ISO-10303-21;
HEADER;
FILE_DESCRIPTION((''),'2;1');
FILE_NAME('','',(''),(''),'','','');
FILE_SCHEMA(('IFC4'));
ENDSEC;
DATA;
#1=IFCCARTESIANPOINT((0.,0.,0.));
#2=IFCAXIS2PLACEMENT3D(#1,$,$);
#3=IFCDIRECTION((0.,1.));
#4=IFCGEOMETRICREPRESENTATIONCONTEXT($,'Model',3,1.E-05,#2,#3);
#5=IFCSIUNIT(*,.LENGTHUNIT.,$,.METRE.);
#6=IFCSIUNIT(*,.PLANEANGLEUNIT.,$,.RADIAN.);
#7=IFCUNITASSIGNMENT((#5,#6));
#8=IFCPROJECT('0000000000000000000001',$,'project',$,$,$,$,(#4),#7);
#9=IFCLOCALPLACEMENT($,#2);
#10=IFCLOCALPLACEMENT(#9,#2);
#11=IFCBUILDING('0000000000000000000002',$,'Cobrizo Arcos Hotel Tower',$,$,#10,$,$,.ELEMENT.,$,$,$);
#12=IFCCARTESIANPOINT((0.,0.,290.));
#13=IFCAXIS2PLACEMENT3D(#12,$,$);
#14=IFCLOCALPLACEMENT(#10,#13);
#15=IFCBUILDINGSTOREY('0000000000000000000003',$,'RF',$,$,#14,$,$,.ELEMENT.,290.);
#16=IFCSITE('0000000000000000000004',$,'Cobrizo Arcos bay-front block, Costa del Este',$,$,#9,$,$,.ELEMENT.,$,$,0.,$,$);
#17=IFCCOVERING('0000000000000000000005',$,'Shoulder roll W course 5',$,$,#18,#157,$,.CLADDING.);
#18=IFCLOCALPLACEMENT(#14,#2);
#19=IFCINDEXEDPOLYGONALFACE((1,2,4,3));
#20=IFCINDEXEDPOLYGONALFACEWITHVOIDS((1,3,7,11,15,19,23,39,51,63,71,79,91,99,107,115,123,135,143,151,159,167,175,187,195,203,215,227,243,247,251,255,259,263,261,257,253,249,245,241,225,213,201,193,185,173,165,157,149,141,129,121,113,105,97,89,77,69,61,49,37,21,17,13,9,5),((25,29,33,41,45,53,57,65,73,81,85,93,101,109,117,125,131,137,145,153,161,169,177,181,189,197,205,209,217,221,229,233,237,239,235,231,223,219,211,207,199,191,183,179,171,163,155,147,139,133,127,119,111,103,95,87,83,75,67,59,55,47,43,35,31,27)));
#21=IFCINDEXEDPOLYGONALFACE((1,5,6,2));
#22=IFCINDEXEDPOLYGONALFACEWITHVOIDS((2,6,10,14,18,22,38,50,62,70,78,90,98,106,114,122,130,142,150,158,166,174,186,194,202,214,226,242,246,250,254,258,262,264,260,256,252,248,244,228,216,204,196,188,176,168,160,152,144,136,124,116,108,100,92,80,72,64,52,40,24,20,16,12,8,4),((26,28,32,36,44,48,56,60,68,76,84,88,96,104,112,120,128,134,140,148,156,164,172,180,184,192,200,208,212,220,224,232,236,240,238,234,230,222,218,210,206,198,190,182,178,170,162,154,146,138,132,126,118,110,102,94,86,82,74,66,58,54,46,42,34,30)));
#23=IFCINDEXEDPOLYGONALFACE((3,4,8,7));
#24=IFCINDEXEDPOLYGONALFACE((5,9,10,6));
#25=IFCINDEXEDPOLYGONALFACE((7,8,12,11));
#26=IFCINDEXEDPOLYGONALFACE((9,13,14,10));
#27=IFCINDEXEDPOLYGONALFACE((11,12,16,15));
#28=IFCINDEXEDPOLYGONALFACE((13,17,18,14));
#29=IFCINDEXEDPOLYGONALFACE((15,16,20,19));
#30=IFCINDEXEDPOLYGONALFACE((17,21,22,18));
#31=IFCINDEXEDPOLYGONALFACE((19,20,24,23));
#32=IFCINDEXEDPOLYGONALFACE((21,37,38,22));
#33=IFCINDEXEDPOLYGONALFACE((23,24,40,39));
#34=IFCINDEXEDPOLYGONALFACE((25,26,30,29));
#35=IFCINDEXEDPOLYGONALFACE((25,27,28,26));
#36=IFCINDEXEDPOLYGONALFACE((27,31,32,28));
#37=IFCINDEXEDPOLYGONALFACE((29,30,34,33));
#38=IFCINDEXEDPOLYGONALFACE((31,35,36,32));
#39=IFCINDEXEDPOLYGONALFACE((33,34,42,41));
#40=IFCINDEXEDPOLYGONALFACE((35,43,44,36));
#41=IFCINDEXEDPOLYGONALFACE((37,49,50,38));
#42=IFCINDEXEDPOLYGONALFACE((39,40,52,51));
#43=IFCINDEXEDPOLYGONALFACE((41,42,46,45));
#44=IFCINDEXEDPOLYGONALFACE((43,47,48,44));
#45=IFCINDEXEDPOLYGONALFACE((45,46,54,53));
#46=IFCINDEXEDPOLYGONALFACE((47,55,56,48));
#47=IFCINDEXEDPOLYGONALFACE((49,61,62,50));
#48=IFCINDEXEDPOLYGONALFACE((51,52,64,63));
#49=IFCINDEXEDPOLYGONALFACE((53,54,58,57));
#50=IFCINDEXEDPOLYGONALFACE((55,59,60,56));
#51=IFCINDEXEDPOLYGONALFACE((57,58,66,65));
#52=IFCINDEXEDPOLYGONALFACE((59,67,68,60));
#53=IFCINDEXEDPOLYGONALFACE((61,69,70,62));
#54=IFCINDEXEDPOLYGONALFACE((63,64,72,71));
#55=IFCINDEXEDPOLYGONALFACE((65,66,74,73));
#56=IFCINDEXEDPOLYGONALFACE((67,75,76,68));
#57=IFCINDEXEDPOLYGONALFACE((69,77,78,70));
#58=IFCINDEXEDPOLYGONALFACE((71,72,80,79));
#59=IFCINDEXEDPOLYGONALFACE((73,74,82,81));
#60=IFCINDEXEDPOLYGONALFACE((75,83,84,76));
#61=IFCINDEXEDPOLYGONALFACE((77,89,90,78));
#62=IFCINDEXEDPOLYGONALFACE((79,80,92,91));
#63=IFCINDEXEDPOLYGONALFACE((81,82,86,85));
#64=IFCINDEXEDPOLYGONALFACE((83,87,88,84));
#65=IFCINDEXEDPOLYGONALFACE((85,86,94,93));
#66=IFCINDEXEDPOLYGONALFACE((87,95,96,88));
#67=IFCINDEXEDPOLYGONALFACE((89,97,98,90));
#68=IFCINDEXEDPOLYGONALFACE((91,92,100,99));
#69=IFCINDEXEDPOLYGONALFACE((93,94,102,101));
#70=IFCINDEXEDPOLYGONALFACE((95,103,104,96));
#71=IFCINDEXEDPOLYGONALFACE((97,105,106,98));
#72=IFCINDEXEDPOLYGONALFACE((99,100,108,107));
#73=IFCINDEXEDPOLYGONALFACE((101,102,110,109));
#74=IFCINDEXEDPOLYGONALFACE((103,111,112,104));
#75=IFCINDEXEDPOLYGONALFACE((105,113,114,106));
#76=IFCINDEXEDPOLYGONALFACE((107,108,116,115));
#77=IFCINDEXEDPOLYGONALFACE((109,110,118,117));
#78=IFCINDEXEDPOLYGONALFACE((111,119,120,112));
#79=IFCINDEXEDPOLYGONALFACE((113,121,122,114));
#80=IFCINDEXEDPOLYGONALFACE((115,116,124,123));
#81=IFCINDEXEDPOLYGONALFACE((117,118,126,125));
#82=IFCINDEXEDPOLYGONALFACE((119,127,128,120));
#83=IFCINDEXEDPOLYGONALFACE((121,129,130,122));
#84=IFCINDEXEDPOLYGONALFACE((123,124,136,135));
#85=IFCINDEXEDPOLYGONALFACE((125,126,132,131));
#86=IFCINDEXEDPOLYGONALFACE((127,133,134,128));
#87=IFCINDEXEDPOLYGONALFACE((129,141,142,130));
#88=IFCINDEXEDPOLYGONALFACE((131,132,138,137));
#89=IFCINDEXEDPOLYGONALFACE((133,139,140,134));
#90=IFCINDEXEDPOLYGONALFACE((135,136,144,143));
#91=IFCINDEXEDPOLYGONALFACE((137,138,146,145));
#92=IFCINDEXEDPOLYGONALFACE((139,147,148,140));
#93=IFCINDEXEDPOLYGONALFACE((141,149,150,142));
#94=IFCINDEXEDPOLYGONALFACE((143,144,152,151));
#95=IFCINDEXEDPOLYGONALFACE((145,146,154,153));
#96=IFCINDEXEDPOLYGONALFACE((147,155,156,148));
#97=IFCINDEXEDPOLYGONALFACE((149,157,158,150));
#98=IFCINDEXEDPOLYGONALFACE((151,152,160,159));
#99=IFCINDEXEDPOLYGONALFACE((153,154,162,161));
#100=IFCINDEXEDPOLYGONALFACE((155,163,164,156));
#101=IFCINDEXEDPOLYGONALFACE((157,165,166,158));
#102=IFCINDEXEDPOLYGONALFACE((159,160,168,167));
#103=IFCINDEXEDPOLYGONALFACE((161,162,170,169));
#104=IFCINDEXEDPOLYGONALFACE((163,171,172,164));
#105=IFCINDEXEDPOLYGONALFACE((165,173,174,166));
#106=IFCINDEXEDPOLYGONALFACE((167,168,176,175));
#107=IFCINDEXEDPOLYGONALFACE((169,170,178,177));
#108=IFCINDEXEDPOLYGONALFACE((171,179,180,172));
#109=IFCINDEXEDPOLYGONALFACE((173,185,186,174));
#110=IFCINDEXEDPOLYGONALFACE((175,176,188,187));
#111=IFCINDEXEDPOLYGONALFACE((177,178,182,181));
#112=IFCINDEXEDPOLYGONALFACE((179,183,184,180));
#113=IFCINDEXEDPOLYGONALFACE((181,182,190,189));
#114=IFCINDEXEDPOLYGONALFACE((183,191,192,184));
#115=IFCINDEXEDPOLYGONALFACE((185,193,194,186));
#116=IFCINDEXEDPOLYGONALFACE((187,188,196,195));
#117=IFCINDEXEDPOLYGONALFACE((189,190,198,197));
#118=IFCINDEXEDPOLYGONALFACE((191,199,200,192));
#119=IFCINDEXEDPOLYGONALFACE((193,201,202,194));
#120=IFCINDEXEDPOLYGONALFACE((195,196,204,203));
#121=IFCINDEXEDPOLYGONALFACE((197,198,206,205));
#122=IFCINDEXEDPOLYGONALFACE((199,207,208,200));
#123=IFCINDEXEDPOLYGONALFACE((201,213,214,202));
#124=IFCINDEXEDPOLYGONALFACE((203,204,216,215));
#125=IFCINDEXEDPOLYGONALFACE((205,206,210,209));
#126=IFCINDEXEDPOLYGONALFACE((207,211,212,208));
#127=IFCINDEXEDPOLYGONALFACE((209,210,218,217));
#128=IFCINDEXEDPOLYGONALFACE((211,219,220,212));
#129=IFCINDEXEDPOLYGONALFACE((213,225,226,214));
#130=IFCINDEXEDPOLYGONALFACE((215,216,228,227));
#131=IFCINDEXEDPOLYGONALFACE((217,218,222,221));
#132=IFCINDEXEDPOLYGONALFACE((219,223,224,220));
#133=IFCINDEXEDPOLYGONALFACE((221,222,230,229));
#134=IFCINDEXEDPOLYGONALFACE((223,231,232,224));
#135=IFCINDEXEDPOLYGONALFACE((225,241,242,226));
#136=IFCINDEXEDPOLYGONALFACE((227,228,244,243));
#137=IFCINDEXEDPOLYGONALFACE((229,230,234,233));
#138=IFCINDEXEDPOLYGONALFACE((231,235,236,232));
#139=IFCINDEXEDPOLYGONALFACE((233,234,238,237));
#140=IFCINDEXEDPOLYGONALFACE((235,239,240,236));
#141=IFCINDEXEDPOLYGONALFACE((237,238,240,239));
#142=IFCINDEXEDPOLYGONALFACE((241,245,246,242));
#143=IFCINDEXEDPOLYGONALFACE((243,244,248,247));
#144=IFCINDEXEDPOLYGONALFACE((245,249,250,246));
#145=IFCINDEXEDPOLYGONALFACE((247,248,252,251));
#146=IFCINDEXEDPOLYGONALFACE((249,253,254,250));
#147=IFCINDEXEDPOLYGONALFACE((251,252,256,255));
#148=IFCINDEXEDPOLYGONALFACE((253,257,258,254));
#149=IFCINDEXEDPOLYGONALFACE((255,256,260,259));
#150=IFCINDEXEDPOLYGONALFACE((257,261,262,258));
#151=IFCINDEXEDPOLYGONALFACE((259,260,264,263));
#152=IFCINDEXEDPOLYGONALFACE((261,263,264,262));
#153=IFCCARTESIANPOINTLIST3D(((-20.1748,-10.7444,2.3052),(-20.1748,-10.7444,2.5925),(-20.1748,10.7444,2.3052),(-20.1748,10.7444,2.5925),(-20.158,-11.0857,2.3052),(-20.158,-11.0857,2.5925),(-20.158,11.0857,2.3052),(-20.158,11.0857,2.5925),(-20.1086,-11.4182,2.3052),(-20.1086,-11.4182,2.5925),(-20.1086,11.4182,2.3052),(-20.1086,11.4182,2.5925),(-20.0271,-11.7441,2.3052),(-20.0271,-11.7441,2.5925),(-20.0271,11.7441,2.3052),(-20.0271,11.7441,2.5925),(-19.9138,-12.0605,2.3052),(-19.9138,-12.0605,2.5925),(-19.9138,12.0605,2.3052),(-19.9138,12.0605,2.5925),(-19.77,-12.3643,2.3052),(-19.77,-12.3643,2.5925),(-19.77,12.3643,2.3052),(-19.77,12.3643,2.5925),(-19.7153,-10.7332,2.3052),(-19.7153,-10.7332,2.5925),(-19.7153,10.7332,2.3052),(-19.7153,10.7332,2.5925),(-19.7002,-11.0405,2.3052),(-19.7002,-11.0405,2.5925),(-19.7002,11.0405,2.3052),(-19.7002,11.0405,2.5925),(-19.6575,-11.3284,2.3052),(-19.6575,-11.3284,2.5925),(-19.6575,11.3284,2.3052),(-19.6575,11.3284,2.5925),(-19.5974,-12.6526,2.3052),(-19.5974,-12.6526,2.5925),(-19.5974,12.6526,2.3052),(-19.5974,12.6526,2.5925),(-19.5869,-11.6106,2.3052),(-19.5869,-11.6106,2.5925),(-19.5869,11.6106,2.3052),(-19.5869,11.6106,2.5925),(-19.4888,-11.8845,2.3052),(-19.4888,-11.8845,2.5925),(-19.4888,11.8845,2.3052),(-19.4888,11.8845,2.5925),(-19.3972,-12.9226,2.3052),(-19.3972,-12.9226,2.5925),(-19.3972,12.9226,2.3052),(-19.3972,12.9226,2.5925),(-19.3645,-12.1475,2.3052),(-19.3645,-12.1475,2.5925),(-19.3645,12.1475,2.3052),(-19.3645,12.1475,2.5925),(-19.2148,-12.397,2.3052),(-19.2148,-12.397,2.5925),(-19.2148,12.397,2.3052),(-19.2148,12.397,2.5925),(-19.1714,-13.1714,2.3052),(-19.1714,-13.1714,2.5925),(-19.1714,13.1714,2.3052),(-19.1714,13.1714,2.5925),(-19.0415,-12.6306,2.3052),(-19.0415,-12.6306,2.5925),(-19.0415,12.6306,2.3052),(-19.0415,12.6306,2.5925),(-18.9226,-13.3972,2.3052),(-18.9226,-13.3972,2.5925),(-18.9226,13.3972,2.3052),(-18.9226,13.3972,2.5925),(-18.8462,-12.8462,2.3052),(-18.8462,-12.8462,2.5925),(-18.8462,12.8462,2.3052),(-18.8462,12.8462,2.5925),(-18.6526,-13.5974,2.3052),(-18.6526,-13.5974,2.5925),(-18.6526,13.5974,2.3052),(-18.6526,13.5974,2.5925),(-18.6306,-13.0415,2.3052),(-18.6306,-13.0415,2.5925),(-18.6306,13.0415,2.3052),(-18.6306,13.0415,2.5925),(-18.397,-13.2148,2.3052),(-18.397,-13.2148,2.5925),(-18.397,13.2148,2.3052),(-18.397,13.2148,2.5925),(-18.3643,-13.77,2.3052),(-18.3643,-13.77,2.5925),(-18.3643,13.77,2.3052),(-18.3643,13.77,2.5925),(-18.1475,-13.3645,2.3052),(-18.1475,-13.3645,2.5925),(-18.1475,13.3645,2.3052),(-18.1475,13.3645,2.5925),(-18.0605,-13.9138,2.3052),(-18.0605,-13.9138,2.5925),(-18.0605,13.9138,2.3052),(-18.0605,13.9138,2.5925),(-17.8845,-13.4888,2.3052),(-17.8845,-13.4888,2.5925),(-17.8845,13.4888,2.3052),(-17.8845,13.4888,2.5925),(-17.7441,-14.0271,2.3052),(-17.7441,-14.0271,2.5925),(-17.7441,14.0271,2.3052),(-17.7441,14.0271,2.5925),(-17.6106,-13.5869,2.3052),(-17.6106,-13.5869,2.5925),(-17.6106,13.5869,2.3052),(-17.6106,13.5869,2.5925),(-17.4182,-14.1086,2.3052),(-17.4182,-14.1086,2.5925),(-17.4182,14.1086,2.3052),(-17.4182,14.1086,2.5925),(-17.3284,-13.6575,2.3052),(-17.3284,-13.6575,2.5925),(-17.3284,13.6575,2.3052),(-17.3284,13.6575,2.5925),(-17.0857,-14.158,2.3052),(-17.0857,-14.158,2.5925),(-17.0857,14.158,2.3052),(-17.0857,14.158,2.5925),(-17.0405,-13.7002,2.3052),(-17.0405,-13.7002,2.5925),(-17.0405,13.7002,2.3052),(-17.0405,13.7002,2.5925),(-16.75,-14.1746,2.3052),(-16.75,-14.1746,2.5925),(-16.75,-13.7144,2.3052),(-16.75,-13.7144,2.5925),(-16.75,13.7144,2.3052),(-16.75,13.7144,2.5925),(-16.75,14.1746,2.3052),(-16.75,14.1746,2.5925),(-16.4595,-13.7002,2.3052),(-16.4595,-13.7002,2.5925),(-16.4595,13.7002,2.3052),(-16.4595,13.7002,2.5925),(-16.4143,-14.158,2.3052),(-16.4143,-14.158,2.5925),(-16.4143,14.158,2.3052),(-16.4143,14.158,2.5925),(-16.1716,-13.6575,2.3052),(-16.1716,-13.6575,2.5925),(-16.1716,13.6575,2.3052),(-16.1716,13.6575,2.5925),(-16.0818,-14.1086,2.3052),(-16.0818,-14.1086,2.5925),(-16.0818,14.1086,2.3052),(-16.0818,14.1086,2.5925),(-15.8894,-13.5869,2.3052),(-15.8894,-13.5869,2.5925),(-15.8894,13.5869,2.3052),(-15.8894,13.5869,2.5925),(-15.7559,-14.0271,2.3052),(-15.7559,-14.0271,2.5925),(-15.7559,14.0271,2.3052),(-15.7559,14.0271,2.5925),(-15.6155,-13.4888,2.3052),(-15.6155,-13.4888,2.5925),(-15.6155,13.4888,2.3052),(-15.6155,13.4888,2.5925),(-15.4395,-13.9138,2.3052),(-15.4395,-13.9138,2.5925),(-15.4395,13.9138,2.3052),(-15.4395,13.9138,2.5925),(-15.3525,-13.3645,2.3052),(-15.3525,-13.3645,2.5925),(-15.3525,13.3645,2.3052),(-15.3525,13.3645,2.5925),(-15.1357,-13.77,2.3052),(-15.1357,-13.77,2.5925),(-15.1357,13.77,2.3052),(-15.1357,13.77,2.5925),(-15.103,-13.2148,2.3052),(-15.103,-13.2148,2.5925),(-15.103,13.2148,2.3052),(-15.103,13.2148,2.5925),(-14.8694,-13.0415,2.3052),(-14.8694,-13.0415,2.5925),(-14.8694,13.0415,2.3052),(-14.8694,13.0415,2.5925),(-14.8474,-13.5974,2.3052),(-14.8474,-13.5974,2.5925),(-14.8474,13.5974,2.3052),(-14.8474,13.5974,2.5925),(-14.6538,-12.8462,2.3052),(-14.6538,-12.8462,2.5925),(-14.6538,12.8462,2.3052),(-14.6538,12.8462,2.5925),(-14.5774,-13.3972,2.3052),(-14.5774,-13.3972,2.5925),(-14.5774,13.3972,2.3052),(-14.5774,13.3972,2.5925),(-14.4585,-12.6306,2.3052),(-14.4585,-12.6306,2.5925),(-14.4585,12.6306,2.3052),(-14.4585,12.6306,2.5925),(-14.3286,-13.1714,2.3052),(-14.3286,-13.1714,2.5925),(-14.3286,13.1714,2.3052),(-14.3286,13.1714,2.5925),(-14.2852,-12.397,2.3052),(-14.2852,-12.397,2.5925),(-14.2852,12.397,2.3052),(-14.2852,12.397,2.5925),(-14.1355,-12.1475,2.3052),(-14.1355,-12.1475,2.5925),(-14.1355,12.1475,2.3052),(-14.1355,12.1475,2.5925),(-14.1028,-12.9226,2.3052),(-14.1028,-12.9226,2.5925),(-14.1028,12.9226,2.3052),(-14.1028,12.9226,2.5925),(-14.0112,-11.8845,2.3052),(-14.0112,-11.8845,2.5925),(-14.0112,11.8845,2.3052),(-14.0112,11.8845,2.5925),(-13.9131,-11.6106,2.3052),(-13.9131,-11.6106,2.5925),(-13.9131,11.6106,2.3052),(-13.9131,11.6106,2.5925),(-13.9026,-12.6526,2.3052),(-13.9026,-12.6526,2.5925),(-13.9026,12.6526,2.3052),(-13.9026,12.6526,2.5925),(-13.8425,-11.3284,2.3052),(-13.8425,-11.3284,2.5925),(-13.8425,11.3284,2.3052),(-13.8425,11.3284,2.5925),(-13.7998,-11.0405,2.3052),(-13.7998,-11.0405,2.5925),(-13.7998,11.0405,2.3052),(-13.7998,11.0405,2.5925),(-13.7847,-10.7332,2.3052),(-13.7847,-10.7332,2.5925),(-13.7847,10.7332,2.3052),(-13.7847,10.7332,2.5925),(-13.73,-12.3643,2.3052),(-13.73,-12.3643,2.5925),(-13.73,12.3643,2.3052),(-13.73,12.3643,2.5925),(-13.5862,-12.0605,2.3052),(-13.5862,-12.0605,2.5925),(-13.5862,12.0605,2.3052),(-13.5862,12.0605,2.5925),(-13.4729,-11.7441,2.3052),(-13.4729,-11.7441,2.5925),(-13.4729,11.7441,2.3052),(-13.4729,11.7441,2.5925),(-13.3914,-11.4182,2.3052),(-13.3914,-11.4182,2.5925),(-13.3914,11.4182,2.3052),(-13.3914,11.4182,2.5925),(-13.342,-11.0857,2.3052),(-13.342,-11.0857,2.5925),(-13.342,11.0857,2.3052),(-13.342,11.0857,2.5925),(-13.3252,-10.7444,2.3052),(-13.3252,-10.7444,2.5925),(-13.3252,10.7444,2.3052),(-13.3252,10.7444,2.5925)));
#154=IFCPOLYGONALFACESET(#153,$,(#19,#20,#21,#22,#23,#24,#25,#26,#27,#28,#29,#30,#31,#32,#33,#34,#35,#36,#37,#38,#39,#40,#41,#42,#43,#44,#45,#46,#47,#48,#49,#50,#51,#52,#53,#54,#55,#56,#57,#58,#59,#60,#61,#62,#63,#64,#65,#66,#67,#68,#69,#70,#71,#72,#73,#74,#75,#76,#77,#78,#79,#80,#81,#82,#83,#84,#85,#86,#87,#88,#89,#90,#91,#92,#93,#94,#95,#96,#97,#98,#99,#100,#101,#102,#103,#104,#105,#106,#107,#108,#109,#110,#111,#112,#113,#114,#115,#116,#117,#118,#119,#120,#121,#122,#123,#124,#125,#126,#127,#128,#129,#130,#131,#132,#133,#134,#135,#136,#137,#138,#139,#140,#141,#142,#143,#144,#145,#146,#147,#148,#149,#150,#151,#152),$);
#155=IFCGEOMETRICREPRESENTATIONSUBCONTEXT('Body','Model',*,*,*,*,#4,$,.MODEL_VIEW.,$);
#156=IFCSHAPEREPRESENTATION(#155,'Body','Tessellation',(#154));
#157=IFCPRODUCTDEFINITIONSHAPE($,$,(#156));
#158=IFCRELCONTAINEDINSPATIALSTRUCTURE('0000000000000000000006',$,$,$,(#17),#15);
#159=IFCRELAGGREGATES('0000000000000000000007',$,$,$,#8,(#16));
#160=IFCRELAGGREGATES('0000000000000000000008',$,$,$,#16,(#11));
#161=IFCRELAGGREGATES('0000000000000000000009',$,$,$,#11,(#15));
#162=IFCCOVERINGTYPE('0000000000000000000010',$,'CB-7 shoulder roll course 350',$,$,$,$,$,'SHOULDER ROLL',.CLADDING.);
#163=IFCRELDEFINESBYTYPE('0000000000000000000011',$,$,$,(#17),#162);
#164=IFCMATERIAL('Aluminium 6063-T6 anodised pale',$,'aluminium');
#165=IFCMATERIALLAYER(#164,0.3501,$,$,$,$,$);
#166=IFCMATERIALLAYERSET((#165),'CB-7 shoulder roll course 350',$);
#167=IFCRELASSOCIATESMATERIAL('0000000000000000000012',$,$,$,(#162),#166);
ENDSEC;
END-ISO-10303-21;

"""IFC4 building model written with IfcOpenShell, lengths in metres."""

from ifc_helpers import new_model, si_unit, direction, frame, origin, place, context, subcontext, project, spatial, polyline, outline, extrude, material, layer, layer_set, type_object, element, save


model = new_model("IFC4")

# Units and contexts
model_context = context("Model", 3, precision=1e-05, world=origin(), true_north=direction((0.0, 1.0)))
body_context = subcontext(model_context, "Body", "Model", "MODEL_VIEW")
ifc_project = project(units=[si_unit("LENGTHUNIT", "METRE"), si_unit("PLANEANGLEUNIT", "RADIAN")], contexts=[model_context])

# Site, building, storey
site_placement = place(None, origin())
site = spatial("IfcSite", under=ifc_project, at=site_placement, Name="Cobrizo Arcos bay-front block, Costa del Este", CompositionType="ELEMENT", RefElevation=0.0)
building_placement = place(site_placement, origin())
building = spatial("IfcBuilding", under=site, at=building_placement, Name="Cobrizo Arcos Hotel Tower", CompositionType="ELEMENT")
storey_placement = place(building_placement, frame((0.0, 0.0, 290.0)))
storey = spatial("IfcBuildingStorey", under=building, at=storey_placement, Name="RF", CompositionType="ELEMENT", Elevation=290.0)

# Covering
ifc_material_1 = material(Name="Aluminium 6063-T6 anodised pale", Category="aluminium")
ifc_layer_1 = layer(ifc_material_1, 0.3501)
ifc_layer_set_1 = layer_set([ifc_layer_1], Name="CB-7 shoulder roll course 350")
covering_type_1 = type_object("IfcCoveringType", Name="CB-7 shoulder roll course 350", ElementType="SHOULDER ROLL", PredefinedType="CLADDING", material=ifc_layer_set_1)
covering_1_placement = place(storey_placement, frame((0.0, 0.0, 2.3052)))
element("IfcCovering", 1, at=covering_1_placement, inside=storey, type_object=covering_type_1, Name="Shoulder roll W course 5", PredefinedType="CLADDING", context=body_context, shape_type="SweptSolid", body=[
    extrude(outline(polyline([(-20.1748, 10.7444), (-20.158, 11.0857), (-20.1086, 11.4182), (-20.0271, 11.7441), (-19.9138, 12.0605), (-19.77, 12.3643), (-19.5974, 12.6526), (-19.3972, 12.9226), (-19.1714, 13.1714), (-18.9226, 13.3972), (-18.6526, 13.5974), (-18.3643, 13.77), (-18.0605, 13.9138), (-17.7441, 14.0271), (-17.4182, 14.1086), (-17.0857, 14.158), (-16.75, 14.1746), (-16.4143, 14.158), (-16.0818, 14.1086), (-15.7559, 14.0271), (-15.4395, 13.9138), (-15.1357, 13.77), (-14.8474, 13.5974), (-14.5774, 13.3972), (-14.3286, 13.1714), (-14.1028, 12.9226), (-13.9026, 12.6526), (-13.73, 12.3643), (-13.5862, 12.0605), (-13.4729, 11.7441), (-13.3914, 11.4182), (-13.342, 11.0857), (-13.3252, 10.7444), (-13.3252, -10.7444), (-13.342, -11.0857), (-13.3914, -11.4182), (-13.4729, -11.7441), (-13.5862, -12.0605), (-13.73, -12.3643), (-13.9026, -12.6526), (-14.1028, -12.9226), (-14.3286, -13.1714), (-14.5774, -13.3972), (-14.8474, -13.5974), (-15.1357, -13.77), (-15.4395, -13.9138), (-15.7559, -14.0271), (-16.0818, -14.1086), (-16.4143, -14.158), (-16.75, -14.1746), (-17.0857, -14.158), (-17.4182, -14.1086), (-17.7441, -14.0271), (-18.0605, -13.9138), (-18.3643, -13.77), (-18.6526, -13.5974), (-18.9226, -13.3972), (-19.1714, -13.1714), (-19.3972, -12.9226), (-19.5974, -12.6526), (-19.77, -12.3643), (-19.9138, -12.0605), (-20.0271, -11.7441), (-20.1086, -11.4182), (-20.158, -11.0857), (-20.1748, -10.7444), (-20.1748, 10.7444)]), holes=[polyline([(-19.7153, 10.7332), (-19.7002, 11.0405), (-19.6575, 11.3284), (-19.5869, 11.6106), (-19.4888, 11.8845), (-19.3645, 12.1475), (-19.2148, 12.397), (-19.0415, 12.6306), (-18.8462, 12.8462), (-18.6306, 13.0415), (-18.397, 13.2148), (-18.1475, 13.3645), (-17.8845, 13.4888), (-17.6106, 13.5869), (-17.3284, 13.6575), (-17.0405, 13.7002), (-16.75, 13.7144), (-16.4595, 13.7002), (-16.1716, 13.6575), (-15.8894, 13.5869), (-15.6155, 13.4888), (-15.3525, 13.3645), (-15.103, 13.2148), (-14.8694, 13.0415), (-14.6538, 12.8462), (-14.4585, 12.6306), (-14.2852, 12.397), (-14.1355, 12.1475), (-14.0112, 11.8845), (-13.9131, 11.6106), (-13.8425, 11.3284), (-13.7998, 11.0405), (-13.7847, 10.7332), (-13.7847, -10.7332), (-13.7998, -11.0405), (-13.8425, -11.3284), (-13.9131, -11.6106), (-14.0112, -11.8845), (-14.1355, -12.1475), (-14.2852, -12.397), (-14.4585, -12.6306), (-14.6538, -12.8462), (-14.8694, -13.0415), (-15.103, -13.2148), (-15.3525, -13.3645), (-15.6155, -13.4888), (-15.8894, -13.5869), (-16.1716, -13.6575), (-16.4595, -13.7002), (-16.75, -13.7144), (-17.0405, -13.7002), (-17.3284, -13.6575), (-17.6106, -13.5869), (-17.8845, -13.4888), (-18.1475, -13.3645), (-18.397, -13.2148), (-18.6306, -13.0415), (-18.8462, -12.8462), (-19.0415, -12.6306), (-19.2148, -12.397), (-19.3645, -12.1475), (-19.4888, -11.8845), (-19.5869, -11.6106), (-19.6575, -11.3284), (-19.7002, -11.0405), (-19.7153, -10.7332), (-19.7153, 10.7332)])]), origin(), (0.0, 0.0, 1.0), 0.2874),
])

save(model, "model.ifc")
